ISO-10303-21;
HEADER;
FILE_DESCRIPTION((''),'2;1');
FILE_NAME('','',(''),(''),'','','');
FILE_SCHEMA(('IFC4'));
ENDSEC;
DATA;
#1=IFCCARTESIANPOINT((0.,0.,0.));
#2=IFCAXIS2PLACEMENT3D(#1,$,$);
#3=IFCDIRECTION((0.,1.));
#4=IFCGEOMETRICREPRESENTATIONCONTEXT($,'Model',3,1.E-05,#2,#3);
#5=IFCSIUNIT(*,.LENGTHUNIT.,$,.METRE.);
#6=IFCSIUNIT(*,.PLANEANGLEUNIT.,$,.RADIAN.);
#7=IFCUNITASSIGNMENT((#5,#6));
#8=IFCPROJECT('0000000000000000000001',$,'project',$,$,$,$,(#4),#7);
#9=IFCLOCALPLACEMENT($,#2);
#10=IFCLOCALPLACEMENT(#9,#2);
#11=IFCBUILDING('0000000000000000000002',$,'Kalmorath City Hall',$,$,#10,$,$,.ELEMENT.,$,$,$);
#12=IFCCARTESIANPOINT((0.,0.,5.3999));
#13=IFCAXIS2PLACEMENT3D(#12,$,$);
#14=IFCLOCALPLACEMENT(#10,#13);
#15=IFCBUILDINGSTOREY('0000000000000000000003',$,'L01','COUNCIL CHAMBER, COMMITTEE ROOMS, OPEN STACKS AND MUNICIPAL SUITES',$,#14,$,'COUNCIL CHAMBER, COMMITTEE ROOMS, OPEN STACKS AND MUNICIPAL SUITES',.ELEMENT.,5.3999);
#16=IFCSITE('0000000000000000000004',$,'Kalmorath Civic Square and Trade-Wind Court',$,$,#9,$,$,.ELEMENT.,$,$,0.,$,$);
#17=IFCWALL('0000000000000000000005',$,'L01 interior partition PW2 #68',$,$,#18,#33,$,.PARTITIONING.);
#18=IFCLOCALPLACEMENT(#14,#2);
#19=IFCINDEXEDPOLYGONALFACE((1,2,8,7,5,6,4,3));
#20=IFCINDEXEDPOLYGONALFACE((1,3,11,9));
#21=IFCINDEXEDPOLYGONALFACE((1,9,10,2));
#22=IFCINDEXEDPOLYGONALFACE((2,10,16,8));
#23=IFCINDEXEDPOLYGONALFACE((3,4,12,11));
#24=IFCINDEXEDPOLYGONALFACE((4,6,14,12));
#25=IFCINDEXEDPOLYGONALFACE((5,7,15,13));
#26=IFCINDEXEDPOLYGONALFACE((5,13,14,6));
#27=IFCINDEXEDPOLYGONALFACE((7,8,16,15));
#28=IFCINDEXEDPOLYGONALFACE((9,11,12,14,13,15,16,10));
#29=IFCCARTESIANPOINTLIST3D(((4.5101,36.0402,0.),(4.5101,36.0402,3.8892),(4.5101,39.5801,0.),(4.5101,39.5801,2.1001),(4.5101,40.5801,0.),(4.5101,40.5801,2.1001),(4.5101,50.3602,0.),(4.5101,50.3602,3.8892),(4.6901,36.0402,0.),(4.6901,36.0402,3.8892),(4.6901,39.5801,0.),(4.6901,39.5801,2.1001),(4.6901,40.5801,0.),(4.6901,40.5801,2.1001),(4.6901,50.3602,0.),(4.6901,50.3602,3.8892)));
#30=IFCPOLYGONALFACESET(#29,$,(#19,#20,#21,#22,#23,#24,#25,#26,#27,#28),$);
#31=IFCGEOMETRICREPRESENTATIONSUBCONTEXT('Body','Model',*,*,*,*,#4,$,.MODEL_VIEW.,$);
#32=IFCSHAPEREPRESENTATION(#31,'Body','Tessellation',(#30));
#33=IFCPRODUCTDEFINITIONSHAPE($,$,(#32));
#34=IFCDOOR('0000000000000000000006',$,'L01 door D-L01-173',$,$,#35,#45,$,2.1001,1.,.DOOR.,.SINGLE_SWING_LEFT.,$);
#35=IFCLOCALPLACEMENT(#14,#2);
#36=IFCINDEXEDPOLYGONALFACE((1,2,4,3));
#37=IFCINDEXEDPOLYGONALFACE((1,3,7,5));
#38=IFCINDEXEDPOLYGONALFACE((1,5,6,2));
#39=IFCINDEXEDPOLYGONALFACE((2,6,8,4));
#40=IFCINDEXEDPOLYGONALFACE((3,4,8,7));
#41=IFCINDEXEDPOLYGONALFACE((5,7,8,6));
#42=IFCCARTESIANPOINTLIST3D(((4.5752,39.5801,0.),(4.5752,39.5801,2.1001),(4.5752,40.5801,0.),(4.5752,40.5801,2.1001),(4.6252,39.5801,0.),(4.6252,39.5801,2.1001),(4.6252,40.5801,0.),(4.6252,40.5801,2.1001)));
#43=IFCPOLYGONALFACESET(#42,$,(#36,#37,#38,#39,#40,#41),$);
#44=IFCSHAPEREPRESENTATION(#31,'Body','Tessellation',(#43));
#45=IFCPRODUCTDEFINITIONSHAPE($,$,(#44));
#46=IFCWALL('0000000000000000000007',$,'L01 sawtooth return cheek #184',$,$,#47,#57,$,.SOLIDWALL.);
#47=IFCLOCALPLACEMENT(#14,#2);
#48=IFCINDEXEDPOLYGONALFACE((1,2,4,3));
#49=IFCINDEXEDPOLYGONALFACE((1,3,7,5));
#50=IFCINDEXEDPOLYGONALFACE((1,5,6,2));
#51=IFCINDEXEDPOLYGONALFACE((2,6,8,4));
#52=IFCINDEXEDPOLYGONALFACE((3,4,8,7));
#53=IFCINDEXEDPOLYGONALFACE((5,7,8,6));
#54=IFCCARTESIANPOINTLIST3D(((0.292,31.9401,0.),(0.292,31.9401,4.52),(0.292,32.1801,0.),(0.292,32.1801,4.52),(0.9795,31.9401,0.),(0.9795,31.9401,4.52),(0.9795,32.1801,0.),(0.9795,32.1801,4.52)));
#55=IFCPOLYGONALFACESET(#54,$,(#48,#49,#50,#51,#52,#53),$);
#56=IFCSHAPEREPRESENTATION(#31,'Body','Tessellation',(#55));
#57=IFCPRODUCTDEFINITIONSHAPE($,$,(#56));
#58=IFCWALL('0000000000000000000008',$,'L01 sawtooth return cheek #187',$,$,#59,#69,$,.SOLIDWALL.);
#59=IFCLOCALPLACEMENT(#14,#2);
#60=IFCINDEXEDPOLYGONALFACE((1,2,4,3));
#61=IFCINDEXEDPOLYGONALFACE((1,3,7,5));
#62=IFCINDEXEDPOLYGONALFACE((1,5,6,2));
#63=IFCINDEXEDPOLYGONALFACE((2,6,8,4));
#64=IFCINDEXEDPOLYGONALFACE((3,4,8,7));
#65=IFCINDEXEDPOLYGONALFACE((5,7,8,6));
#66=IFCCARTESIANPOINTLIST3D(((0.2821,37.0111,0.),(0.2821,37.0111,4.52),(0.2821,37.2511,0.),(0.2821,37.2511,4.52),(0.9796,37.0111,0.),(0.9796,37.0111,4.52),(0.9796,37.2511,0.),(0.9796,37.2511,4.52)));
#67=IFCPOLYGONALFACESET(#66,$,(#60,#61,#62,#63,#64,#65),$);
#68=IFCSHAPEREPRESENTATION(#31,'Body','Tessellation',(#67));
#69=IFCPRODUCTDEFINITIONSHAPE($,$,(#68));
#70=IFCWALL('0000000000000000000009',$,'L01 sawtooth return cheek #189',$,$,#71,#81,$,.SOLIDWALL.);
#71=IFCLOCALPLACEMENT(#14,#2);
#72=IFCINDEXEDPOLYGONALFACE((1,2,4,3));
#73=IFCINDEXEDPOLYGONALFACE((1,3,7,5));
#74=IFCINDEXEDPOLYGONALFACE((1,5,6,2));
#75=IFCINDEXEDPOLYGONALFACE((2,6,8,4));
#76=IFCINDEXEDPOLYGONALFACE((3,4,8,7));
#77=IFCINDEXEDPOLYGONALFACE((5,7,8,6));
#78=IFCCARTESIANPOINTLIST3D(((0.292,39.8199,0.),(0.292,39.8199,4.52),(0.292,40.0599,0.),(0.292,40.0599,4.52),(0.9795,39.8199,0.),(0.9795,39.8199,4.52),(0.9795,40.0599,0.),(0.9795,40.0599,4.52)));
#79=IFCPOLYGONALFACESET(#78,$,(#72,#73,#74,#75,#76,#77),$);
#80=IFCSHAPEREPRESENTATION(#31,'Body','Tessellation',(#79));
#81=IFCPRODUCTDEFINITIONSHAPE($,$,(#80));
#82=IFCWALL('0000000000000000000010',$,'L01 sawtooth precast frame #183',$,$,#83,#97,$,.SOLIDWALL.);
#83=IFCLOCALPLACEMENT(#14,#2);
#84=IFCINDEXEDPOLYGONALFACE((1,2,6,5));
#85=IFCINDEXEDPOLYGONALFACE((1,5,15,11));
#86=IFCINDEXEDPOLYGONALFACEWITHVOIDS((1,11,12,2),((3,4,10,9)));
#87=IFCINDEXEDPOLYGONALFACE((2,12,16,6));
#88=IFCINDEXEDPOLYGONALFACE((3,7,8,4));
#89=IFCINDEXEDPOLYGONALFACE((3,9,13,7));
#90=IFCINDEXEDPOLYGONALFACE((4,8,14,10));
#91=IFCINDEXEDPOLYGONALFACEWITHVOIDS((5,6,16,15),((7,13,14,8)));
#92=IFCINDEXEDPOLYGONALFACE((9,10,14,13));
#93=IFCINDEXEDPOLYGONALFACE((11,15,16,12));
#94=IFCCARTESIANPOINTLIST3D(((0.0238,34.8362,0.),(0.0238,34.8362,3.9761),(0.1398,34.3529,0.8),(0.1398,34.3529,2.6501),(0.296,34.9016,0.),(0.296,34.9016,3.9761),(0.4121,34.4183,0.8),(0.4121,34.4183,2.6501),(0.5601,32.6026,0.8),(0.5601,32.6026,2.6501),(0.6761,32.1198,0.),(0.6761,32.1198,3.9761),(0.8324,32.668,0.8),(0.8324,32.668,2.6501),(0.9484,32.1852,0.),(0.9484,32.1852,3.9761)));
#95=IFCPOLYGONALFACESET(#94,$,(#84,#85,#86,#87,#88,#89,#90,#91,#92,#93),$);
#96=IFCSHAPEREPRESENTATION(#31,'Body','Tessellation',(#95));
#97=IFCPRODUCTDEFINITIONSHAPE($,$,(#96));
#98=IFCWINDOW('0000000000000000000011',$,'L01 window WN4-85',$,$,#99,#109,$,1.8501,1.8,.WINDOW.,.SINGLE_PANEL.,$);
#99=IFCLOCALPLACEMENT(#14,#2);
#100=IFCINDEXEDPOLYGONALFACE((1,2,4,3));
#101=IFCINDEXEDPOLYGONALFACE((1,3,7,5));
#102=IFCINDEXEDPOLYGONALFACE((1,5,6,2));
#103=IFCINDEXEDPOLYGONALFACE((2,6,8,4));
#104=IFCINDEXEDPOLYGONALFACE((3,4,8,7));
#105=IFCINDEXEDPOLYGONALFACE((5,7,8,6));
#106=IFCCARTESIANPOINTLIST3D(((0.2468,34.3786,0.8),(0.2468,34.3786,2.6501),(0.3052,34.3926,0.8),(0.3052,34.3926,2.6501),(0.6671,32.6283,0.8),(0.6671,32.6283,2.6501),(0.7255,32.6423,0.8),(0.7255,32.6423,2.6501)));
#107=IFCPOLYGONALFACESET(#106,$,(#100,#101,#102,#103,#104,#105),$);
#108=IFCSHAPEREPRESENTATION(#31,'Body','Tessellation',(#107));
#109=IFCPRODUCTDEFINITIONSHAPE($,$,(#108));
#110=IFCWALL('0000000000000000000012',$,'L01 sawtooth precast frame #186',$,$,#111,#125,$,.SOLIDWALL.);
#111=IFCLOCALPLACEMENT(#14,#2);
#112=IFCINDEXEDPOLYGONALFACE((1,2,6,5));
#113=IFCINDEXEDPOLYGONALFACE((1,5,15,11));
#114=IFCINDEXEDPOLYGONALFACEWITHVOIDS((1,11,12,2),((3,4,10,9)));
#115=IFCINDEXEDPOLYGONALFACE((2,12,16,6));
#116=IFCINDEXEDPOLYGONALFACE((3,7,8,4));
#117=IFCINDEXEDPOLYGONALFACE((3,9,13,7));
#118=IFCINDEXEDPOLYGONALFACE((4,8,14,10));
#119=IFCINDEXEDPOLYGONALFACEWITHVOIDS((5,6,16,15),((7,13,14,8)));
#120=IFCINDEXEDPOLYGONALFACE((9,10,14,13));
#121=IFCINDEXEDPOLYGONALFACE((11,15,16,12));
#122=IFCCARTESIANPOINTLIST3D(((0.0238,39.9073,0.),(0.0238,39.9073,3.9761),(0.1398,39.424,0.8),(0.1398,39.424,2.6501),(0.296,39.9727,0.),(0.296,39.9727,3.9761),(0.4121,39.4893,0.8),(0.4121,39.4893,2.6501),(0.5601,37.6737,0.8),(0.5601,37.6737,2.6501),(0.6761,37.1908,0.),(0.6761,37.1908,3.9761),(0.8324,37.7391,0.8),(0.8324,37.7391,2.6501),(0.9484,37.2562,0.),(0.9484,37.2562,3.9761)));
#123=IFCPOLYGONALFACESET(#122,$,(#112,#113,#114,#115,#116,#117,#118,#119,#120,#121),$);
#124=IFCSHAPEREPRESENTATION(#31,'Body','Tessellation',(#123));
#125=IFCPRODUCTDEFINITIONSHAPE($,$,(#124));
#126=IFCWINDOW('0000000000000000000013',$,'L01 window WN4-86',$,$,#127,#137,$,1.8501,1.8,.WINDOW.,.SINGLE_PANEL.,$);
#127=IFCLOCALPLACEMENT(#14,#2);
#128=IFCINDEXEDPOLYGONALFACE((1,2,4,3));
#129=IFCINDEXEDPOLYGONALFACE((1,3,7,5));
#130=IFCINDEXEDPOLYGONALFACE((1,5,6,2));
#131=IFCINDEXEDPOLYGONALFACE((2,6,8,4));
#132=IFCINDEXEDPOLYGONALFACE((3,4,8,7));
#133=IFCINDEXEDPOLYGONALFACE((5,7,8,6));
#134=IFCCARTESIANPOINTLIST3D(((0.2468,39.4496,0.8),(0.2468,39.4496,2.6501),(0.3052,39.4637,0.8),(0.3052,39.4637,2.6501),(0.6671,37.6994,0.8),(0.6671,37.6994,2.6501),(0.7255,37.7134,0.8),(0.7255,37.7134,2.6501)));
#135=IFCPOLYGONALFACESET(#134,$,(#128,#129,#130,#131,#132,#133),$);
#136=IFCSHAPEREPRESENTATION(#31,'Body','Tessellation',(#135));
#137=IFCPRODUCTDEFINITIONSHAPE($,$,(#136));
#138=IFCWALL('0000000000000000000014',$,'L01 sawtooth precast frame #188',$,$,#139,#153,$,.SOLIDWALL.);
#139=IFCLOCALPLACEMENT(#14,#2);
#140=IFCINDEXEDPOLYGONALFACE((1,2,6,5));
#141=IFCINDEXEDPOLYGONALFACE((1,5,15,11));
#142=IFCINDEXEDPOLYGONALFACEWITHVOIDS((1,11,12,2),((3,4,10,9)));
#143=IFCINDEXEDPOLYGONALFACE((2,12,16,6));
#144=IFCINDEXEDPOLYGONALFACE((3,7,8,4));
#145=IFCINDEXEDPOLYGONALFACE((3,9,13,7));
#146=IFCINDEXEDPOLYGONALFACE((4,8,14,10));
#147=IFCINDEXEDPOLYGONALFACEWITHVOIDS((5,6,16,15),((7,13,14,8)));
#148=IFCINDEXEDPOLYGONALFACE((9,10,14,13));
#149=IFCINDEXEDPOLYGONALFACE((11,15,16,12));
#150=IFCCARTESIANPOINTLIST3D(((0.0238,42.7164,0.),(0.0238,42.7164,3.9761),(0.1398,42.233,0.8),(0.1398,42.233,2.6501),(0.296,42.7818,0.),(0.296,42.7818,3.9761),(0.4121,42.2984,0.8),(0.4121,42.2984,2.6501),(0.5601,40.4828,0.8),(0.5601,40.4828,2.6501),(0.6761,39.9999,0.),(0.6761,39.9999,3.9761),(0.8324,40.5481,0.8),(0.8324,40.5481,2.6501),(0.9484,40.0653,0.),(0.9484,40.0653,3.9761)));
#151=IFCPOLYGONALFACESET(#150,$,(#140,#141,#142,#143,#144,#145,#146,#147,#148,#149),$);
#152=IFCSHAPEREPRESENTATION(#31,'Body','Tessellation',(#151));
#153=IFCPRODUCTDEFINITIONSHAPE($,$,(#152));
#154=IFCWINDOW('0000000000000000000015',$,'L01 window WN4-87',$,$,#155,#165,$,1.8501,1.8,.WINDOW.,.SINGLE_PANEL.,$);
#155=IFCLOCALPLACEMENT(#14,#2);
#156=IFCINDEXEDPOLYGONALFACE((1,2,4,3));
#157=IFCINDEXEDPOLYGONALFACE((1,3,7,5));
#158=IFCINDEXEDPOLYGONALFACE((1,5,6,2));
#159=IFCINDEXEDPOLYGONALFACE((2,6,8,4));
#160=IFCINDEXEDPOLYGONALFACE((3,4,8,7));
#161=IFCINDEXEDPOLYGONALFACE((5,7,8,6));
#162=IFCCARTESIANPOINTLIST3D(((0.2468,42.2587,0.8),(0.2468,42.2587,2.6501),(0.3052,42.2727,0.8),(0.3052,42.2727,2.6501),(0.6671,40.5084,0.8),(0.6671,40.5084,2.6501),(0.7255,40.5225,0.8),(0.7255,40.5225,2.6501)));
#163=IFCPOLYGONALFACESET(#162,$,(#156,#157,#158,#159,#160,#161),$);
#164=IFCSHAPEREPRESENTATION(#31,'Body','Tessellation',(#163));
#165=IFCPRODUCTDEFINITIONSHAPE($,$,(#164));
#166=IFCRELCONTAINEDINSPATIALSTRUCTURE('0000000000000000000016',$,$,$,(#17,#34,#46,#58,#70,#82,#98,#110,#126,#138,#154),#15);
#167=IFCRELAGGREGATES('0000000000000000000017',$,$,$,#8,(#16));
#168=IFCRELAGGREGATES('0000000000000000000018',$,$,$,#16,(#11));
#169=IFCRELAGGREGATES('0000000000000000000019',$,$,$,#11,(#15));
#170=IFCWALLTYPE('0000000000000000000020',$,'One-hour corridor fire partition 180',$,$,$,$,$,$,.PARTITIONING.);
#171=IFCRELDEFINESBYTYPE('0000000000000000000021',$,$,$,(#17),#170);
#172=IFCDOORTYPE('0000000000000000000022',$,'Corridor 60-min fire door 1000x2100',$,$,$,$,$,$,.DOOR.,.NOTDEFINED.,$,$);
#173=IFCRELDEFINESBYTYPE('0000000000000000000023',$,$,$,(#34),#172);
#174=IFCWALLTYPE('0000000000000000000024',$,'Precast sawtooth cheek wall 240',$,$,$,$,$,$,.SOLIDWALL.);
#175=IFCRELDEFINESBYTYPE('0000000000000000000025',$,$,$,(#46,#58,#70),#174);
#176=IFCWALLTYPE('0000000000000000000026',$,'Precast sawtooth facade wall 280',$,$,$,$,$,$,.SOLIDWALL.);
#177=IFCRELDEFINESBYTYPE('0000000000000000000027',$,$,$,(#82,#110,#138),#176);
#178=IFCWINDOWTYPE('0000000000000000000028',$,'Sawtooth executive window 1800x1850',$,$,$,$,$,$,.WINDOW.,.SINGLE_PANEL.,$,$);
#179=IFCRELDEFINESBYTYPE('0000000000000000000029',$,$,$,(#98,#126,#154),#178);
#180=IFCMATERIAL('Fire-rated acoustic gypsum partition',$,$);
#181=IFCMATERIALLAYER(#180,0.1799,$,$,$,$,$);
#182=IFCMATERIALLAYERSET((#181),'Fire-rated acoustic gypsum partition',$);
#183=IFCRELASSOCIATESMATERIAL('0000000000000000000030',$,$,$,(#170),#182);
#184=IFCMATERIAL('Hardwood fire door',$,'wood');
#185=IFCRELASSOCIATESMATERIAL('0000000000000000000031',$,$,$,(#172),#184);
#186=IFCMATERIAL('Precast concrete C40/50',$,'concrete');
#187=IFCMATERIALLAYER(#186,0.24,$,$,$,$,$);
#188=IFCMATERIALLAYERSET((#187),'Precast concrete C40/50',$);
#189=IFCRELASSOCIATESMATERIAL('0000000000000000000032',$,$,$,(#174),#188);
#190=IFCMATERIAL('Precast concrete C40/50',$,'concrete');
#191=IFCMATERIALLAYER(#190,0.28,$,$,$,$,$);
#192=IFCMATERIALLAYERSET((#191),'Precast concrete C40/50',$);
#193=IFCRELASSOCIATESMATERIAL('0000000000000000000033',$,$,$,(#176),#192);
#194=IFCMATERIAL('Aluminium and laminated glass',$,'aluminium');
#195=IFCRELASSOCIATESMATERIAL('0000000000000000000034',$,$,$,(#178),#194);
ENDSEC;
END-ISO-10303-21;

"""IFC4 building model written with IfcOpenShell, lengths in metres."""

from ifc_helpers import new_model, si_unit, direction, frame, frame_2d, origin, place, context, subcontext, project, spatial, rectangle, extrude, material, layer, layer_set, type_object, element, fill, save


model = new_model("IFC4")

# Units and contexts
model_context = context("Model", 3, precision=1e-05, world=origin(), true_north=direction((0.0, 1.0)))
body_context = subcontext(model_context, "Body", "Model", "MODEL_VIEW")
ifc_project = project(units=[si_unit("LENGTHUNIT", "METRE"), si_unit("PLANEANGLEUNIT", "RADIAN")], contexts=[model_context])

# Site, building, storey
site_placement = place(None, origin())
site = spatial("IfcSite", under=ifc_project, at=site_placement, Name="Kalmorath Civic Square and Trade-Wind Court", CompositionType="ELEMENT", RefElevation=0.0)
building_placement = place(site_placement, origin())
building = spatial("IfcBuilding", under=site, at=building_placement, Name="Kalmorath City Hall", CompositionType="ELEMENT")
storey_placement = place(building_placement, frame((0.0, 0.0, 5.3999)))
storey = spatial("IfcBuildingStorey", under=building, at=storey_placement, Name="L01", Description="COUNCIL CHAMBER, COMMITTEE ROOMS, OPEN STACKS AND MUNICIPAL SUITES", LongName="COUNCIL CHAMBER, COMMITTEE ROOMS, OPEN STACKS AND MUNICIPAL SUITES", CompositionType="ELEMENT", Elevation=5.3999)

# Wall, opening, door
ifc_material_1 = material(Name="Fire-rated acoustic gypsum partition")
ifc_layer_1 = layer(ifc_material_1, 0.1799)
ifc_layer_set_1 = layer_set([ifc_layer_1], Name="Fire-rated acoustic gypsum partition")
wall_type_1 = type_object("IfcWallType", Name="One-hour corridor fire partition 180", PredefinedType="PARTITIONING", material=ifc_layer_set_1)
wall_1_placement = place(storey_placement, frame((4.6001, 36.04, 0.0), z_axis=(0.0, 0.0, 1.0), x_axis=(0.0, 1.0, 0.0)))
wall_1 = element("IfcWall", 1, at=wall_1_placement, inside=storey, type_object=wall_type_1, Name="L01 interior partition PW2 #68", PredefinedType="PARTITIONING", context=body_context, shape_type="SweptSolid", body=[
    extrude(rectangle(XDim=14.3201, YDim=0.1799, at=frame_2d((7.1602, 0.0))), origin(), (0.0, 0.0, 1.0), 3.8892),
])
opening_1_placement = place(wall_1_placement, frame((3.54, 0.0, 0.0)))
opening_1 = element("IfcOpeningElement", 2, at=opening_1_placement, cuts=wall_1, PredefinedType="OPENING", context=body_context, shape_type="SweptSolid", body=[
    extrude(rectangle(XDim=1.0, YDim=2.1001, at=frame_2d((0.5, 1.05))), frame((0.0, 0.0999, 0.0), z_axis=(0.0, -1.0, 0.0), x_axis=(1.0, 0.0, 0.0)), (0.0, 0.0, 1.0), 0.2),
])
ifc_material_2 = material(Name="Hardwood fire door", Category="wood")
door_type = type_object("IfcDoorType", Name="Corridor 60-min fire door 1000x2100", OperationType="NOTDEFINED", PredefinedType="DOOR", material=ifc_material_2)
door_placement = place(opening_1_placement, origin())
door = element("IfcDoor", 3, at=door_placement, inside=storey, type_object=door_type, Name="L01 door D-L01-173", OperationType="SINGLE_SWING_LEFT", OverallHeight=2.1001, OverallWidth=1.0, PredefinedType="DOOR", context=body_context, shape_type="SweptSolid", body=[
    extrude(rectangle(XDim=1.0, YDim=2.1001, at=frame_2d((0.5, 1.05))), frame((0.0, 0.0249, 0.0), z_axis=(0.0, -1.0, 0.0), x_axis=(1.0, 0.0, 0.0)), (0.0, 0.0, 1.0), 0.05),
])
fill(opening_1, door)

# Walls
ifc_material_3 = material(Name="Precast concrete C40/50", Category="concrete")
ifc_layer_2 = layer(ifc_material_3, 0.24)
ifc_layer_set_2 = layer_set([ifc_layer_2], Name="Precast concrete C40/50")
wall_type_2 = type_object("IfcWallType", Name="Precast sawtooth cheek wall 240", PredefinedType="SOLIDWALL", material=ifc_layer_set_2)
wall_2_placement = place(storey_placement, frame((0.9795, 32.0601, 0.0), z_axis=(0.0, 0.0, 1.0), x_axis=(-1.0, 0.0, 0.0)))
element("IfcWall", 4, at=wall_2_placement, inside=storey, type_object=wall_type_2, Name="L01 sawtooth return cheek #184", PredefinedType="SOLIDWALL", context=body_context, shape_type="SweptSolid", body=[
    extrude(rectangle(XDim=0.6875, YDim=0.24, at=frame_2d((0.3438, 0.0))), origin(), (0.0, 0.0, 1.0), 4.52),
])
wall_3_placement = place(storey_placement, frame((0.9795, 37.1311, 0.0), z_axis=(0.0, 0.0, 1.0), x_axis=(-1.0, 0.0, 0.0)))
element("IfcWall", 5, at=wall_3_placement, inside=storey, type_object=wall_type_2, Name="L01 sawtooth return cheek #187", PredefinedType="SOLIDWALL", context=body_context, shape_type="SweptSolid", body=[
    extrude(rectangle(XDim=0.6975, YDim=0.24, at=frame_2d((0.3486, 0.0))), origin(), (0.0, 0.0, 1.0), 4.52),
])
wall_4_placement = place(storey_placement, frame((0.9795, 39.9399, 0.0), z_axis=(0.0, 0.0, 1.0), x_axis=(-1.0, 0.0, 0.0)))
element("IfcWall", 6, at=wall_4_placement, inside=storey, type_object=wall_type_2, Name="L01 sawtooth return cheek #189", PredefinedType="SOLIDWALL", context=body_context, shape_type="SweptSolid", body=[
    extrude(rectangle(XDim=0.6875, YDim=0.24, at=frame_2d((0.3438, 0.0))), origin(), (0.0, 0.0, 1.0), 4.52),
])

# Walls, openings, windows
ifc_material_4 = material(Name="Precast concrete C40/50", Category="concrete")
ifc_layer_3 = layer(ifc_material_4, 0.28)
ifc_layer_set_3 = layer_set([ifc_layer_3], Name="Precast concrete C40/50")
wall_type_3 = type_object("IfcWallType", Name="Precast sawtooth facade wall 280", PredefinedType="SOLIDWALL", material=ifc_layer_set_3)
wall_5_placement = place(storey_placement, frame((0.8123, 32.1523, 0.0), z_axis=(0.0, 0.0, 1.0), x_axis=(-0.233499, 0.972357, 0.0)))
wall_5 = element("IfcWall", 7, at=wall_5_placement, inside=storey, type_object=wall_type_3, Name="L01 sawtooth precast frame #183", PredefinedType="SOLIDWALL", context=body_context, shape_type="SweptSolid", body=[
    extrude(rectangle(XDim=2.7937, YDim=0.28, at=frame_2d((1.397, 0.0))), origin(), (0.0, 0.0, 1.0), 3.9761),
])
opening_2_placement = place(wall_5_placement, frame((0.4968, 0.0, 0.8)))
opening_2 = element("IfcOpeningElement", 8, at=opening_2_placement, cuts=wall_5, PredefinedType="OPENING", context=body_context, shape_type="SweptSolid", body=[
    extrude(rectangle(XDim=1.8, YDim=1.8501, at=frame_2d((0.8999, 0.925))), frame((0.0, 0.1499, 0.0), z_axis=(0.0, -1.0, 0.0), x_axis=(1.0, 0.0, 0.0)), (0.0, 0.0, 1.0), 0.3),
])
ifc_material_5 = material(Name="Aluminium and laminated glass", Category="aluminium")
window_type = type_object("IfcWindowType", Name="Sawtooth executive window 1800x1850", PartitioningType="SINGLE_PANEL", PredefinedType="WINDOW", material=ifc_material_5)
window_1_placement = place(opening_2_placement, origin())
window_1 = element("IfcWindow", 9, at=window_1_placement, inside=storey, type_object=window_type, Name="L01 window WN4-85", OverallHeight=1.8501, OverallWidth=1.8, PartitioningType="SINGLE_PANEL", PredefinedType="WINDOW", context=body_context, shape_type="SweptSolid", body=[
    extrude(rectangle(XDim=1.8, YDim=1.8501, at=frame_2d((0.8999, 0.925))), frame((0.0, 0.03, 0.0), z_axis=(0.0, -1.0, 0.0), x_axis=(1.0, 0.0, 0.0)), (0.0, 0.0, 1.0), 0.0601),
])
fill(opening_2, window_1)
wall_6_placement = place(storey_placement, frame((0.8123, 37.2234, 0.0), z_axis=(0.0, 0.0, 1.0), x_axis=(-0.233499, 0.972357, 0.0)))
wall_6 = element("IfcWall", 10, at=wall_6_placement, inside=storey, type_object=wall_type_3, Name="L01 sawtooth precast frame #186", PredefinedType="SOLIDWALL", context=body_context, shape_type="SweptSolid", body=[
    extrude(rectangle(XDim=2.7937, YDim=0.28, at=frame_2d((1.397, 0.0))), origin(), (0.0, 0.0, 1.0), 3.9761),
])
opening_3_placement = place(wall_6_placement, frame((0.4968, 0.0, 0.8)))
opening_3 = element("IfcOpeningElement", 11, at=opening_3_placement, cuts=wall_6, PredefinedType="OPENING", context=body_context, shape_type="SweptSolid", body=[
    extrude(rectangle(XDim=1.8, YDim=1.8501, at=frame_2d((0.8999, 0.925))), frame((0.0, 0.1499, 0.0), z_axis=(0.0, -1.0, 0.0), x_axis=(1.0, 0.0, 0.0)), (0.0, 0.0, 1.0), 0.3),
])
window_2_placement = place(opening_3_placement, origin())
window_2 = element("IfcWindow", 12, at=window_2_placement, inside=storey, type_object=window_type, Name="L01 window WN4-86", OverallHeight=1.8501, OverallWidth=1.8, PartitioningType="SINGLE_PANEL", PredefinedType="WINDOW", context=body_context, shape_type="SweptSolid", body=[
    extrude(rectangle(XDim=1.8, YDim=1.8501, at=frame_2d((0.8999, 0.925))), frame((0.0, 0.03, 0.0), z_axis=(0.0, -1.0, 0.0), x_axis=(1.0, 0.0, 0.0)), (0.0, 0.0, 1.0), 0.0601),
])
fill(opening_3, window_2)
wall_7_placement = place(storey_placement, frame((0.8123, 40.0325, 0.0), z_axis=(0.0, 0.0, 1.0), x_axis=(-0.233499, 0.972357, 0.0)))
wall_7 = element("IfcWall", 13, at=wall_7_placement, inside=storey, type_object=wall_type_3, Name="L01 sawtooth precast frame #188", PredefinedType="SOLIDWALL", context=body_context, shape_type="SweptSolid", body=[
    extrude(rectangle(XDim=2.7937, YDim=0.28, at=frame_2d((1.397, 0.0))), origin(), (0.0, 0.0, 1.0), 3.9761),
])
opening_4_placement = place(wall_7_placement, frame((0.4968, 0.0, 0.8)))
opening_4 = element("IfcOpeningElement", 14, at=opening_4_placement, cuts=wall_7, PredefinedType="OPENING", context=body_context, shape_type="SweptSolid", body=[
    extrude(rectangle(XDim=1.8, YDim=1.8501, at=frame_2d((0.8999, 0.925))), frame((0.0, 0.1499, 0.0), z_axis=(0.0, -1.0, 0.0), x_axis=(1.0, 0.0, 0.0)), (0.0, 0.0, 1.0), 0.3),
])
window_3_placement = place(opening_4_placement, origin())
window_3 = element("IfcWindow", 15, at=window_3_placement, inside=storey, type_object=window_type, Name="L01 window WN4-87", OverallHeight=1.8501, OverallWidth=1.8, PartitioningType="SINGLE_PANEL", PredefinedType="WINDOW", context=body_context, shape_type="SweptSolid", body=[
    extrude(rectangle(XDim=1.8, YDim=1.8501, at=frame_2d((0.8999, 0.925))), frame((0.0, 0.03, 0.0), z_axis=(0.0, -1.0, 0.0), x_axis=(1.0, 0.0, 0.0)), (0.0, 0.0, 1.0), 0.0601),
])
fill(opening_4, window_3)

save(model, "model.ifc")
